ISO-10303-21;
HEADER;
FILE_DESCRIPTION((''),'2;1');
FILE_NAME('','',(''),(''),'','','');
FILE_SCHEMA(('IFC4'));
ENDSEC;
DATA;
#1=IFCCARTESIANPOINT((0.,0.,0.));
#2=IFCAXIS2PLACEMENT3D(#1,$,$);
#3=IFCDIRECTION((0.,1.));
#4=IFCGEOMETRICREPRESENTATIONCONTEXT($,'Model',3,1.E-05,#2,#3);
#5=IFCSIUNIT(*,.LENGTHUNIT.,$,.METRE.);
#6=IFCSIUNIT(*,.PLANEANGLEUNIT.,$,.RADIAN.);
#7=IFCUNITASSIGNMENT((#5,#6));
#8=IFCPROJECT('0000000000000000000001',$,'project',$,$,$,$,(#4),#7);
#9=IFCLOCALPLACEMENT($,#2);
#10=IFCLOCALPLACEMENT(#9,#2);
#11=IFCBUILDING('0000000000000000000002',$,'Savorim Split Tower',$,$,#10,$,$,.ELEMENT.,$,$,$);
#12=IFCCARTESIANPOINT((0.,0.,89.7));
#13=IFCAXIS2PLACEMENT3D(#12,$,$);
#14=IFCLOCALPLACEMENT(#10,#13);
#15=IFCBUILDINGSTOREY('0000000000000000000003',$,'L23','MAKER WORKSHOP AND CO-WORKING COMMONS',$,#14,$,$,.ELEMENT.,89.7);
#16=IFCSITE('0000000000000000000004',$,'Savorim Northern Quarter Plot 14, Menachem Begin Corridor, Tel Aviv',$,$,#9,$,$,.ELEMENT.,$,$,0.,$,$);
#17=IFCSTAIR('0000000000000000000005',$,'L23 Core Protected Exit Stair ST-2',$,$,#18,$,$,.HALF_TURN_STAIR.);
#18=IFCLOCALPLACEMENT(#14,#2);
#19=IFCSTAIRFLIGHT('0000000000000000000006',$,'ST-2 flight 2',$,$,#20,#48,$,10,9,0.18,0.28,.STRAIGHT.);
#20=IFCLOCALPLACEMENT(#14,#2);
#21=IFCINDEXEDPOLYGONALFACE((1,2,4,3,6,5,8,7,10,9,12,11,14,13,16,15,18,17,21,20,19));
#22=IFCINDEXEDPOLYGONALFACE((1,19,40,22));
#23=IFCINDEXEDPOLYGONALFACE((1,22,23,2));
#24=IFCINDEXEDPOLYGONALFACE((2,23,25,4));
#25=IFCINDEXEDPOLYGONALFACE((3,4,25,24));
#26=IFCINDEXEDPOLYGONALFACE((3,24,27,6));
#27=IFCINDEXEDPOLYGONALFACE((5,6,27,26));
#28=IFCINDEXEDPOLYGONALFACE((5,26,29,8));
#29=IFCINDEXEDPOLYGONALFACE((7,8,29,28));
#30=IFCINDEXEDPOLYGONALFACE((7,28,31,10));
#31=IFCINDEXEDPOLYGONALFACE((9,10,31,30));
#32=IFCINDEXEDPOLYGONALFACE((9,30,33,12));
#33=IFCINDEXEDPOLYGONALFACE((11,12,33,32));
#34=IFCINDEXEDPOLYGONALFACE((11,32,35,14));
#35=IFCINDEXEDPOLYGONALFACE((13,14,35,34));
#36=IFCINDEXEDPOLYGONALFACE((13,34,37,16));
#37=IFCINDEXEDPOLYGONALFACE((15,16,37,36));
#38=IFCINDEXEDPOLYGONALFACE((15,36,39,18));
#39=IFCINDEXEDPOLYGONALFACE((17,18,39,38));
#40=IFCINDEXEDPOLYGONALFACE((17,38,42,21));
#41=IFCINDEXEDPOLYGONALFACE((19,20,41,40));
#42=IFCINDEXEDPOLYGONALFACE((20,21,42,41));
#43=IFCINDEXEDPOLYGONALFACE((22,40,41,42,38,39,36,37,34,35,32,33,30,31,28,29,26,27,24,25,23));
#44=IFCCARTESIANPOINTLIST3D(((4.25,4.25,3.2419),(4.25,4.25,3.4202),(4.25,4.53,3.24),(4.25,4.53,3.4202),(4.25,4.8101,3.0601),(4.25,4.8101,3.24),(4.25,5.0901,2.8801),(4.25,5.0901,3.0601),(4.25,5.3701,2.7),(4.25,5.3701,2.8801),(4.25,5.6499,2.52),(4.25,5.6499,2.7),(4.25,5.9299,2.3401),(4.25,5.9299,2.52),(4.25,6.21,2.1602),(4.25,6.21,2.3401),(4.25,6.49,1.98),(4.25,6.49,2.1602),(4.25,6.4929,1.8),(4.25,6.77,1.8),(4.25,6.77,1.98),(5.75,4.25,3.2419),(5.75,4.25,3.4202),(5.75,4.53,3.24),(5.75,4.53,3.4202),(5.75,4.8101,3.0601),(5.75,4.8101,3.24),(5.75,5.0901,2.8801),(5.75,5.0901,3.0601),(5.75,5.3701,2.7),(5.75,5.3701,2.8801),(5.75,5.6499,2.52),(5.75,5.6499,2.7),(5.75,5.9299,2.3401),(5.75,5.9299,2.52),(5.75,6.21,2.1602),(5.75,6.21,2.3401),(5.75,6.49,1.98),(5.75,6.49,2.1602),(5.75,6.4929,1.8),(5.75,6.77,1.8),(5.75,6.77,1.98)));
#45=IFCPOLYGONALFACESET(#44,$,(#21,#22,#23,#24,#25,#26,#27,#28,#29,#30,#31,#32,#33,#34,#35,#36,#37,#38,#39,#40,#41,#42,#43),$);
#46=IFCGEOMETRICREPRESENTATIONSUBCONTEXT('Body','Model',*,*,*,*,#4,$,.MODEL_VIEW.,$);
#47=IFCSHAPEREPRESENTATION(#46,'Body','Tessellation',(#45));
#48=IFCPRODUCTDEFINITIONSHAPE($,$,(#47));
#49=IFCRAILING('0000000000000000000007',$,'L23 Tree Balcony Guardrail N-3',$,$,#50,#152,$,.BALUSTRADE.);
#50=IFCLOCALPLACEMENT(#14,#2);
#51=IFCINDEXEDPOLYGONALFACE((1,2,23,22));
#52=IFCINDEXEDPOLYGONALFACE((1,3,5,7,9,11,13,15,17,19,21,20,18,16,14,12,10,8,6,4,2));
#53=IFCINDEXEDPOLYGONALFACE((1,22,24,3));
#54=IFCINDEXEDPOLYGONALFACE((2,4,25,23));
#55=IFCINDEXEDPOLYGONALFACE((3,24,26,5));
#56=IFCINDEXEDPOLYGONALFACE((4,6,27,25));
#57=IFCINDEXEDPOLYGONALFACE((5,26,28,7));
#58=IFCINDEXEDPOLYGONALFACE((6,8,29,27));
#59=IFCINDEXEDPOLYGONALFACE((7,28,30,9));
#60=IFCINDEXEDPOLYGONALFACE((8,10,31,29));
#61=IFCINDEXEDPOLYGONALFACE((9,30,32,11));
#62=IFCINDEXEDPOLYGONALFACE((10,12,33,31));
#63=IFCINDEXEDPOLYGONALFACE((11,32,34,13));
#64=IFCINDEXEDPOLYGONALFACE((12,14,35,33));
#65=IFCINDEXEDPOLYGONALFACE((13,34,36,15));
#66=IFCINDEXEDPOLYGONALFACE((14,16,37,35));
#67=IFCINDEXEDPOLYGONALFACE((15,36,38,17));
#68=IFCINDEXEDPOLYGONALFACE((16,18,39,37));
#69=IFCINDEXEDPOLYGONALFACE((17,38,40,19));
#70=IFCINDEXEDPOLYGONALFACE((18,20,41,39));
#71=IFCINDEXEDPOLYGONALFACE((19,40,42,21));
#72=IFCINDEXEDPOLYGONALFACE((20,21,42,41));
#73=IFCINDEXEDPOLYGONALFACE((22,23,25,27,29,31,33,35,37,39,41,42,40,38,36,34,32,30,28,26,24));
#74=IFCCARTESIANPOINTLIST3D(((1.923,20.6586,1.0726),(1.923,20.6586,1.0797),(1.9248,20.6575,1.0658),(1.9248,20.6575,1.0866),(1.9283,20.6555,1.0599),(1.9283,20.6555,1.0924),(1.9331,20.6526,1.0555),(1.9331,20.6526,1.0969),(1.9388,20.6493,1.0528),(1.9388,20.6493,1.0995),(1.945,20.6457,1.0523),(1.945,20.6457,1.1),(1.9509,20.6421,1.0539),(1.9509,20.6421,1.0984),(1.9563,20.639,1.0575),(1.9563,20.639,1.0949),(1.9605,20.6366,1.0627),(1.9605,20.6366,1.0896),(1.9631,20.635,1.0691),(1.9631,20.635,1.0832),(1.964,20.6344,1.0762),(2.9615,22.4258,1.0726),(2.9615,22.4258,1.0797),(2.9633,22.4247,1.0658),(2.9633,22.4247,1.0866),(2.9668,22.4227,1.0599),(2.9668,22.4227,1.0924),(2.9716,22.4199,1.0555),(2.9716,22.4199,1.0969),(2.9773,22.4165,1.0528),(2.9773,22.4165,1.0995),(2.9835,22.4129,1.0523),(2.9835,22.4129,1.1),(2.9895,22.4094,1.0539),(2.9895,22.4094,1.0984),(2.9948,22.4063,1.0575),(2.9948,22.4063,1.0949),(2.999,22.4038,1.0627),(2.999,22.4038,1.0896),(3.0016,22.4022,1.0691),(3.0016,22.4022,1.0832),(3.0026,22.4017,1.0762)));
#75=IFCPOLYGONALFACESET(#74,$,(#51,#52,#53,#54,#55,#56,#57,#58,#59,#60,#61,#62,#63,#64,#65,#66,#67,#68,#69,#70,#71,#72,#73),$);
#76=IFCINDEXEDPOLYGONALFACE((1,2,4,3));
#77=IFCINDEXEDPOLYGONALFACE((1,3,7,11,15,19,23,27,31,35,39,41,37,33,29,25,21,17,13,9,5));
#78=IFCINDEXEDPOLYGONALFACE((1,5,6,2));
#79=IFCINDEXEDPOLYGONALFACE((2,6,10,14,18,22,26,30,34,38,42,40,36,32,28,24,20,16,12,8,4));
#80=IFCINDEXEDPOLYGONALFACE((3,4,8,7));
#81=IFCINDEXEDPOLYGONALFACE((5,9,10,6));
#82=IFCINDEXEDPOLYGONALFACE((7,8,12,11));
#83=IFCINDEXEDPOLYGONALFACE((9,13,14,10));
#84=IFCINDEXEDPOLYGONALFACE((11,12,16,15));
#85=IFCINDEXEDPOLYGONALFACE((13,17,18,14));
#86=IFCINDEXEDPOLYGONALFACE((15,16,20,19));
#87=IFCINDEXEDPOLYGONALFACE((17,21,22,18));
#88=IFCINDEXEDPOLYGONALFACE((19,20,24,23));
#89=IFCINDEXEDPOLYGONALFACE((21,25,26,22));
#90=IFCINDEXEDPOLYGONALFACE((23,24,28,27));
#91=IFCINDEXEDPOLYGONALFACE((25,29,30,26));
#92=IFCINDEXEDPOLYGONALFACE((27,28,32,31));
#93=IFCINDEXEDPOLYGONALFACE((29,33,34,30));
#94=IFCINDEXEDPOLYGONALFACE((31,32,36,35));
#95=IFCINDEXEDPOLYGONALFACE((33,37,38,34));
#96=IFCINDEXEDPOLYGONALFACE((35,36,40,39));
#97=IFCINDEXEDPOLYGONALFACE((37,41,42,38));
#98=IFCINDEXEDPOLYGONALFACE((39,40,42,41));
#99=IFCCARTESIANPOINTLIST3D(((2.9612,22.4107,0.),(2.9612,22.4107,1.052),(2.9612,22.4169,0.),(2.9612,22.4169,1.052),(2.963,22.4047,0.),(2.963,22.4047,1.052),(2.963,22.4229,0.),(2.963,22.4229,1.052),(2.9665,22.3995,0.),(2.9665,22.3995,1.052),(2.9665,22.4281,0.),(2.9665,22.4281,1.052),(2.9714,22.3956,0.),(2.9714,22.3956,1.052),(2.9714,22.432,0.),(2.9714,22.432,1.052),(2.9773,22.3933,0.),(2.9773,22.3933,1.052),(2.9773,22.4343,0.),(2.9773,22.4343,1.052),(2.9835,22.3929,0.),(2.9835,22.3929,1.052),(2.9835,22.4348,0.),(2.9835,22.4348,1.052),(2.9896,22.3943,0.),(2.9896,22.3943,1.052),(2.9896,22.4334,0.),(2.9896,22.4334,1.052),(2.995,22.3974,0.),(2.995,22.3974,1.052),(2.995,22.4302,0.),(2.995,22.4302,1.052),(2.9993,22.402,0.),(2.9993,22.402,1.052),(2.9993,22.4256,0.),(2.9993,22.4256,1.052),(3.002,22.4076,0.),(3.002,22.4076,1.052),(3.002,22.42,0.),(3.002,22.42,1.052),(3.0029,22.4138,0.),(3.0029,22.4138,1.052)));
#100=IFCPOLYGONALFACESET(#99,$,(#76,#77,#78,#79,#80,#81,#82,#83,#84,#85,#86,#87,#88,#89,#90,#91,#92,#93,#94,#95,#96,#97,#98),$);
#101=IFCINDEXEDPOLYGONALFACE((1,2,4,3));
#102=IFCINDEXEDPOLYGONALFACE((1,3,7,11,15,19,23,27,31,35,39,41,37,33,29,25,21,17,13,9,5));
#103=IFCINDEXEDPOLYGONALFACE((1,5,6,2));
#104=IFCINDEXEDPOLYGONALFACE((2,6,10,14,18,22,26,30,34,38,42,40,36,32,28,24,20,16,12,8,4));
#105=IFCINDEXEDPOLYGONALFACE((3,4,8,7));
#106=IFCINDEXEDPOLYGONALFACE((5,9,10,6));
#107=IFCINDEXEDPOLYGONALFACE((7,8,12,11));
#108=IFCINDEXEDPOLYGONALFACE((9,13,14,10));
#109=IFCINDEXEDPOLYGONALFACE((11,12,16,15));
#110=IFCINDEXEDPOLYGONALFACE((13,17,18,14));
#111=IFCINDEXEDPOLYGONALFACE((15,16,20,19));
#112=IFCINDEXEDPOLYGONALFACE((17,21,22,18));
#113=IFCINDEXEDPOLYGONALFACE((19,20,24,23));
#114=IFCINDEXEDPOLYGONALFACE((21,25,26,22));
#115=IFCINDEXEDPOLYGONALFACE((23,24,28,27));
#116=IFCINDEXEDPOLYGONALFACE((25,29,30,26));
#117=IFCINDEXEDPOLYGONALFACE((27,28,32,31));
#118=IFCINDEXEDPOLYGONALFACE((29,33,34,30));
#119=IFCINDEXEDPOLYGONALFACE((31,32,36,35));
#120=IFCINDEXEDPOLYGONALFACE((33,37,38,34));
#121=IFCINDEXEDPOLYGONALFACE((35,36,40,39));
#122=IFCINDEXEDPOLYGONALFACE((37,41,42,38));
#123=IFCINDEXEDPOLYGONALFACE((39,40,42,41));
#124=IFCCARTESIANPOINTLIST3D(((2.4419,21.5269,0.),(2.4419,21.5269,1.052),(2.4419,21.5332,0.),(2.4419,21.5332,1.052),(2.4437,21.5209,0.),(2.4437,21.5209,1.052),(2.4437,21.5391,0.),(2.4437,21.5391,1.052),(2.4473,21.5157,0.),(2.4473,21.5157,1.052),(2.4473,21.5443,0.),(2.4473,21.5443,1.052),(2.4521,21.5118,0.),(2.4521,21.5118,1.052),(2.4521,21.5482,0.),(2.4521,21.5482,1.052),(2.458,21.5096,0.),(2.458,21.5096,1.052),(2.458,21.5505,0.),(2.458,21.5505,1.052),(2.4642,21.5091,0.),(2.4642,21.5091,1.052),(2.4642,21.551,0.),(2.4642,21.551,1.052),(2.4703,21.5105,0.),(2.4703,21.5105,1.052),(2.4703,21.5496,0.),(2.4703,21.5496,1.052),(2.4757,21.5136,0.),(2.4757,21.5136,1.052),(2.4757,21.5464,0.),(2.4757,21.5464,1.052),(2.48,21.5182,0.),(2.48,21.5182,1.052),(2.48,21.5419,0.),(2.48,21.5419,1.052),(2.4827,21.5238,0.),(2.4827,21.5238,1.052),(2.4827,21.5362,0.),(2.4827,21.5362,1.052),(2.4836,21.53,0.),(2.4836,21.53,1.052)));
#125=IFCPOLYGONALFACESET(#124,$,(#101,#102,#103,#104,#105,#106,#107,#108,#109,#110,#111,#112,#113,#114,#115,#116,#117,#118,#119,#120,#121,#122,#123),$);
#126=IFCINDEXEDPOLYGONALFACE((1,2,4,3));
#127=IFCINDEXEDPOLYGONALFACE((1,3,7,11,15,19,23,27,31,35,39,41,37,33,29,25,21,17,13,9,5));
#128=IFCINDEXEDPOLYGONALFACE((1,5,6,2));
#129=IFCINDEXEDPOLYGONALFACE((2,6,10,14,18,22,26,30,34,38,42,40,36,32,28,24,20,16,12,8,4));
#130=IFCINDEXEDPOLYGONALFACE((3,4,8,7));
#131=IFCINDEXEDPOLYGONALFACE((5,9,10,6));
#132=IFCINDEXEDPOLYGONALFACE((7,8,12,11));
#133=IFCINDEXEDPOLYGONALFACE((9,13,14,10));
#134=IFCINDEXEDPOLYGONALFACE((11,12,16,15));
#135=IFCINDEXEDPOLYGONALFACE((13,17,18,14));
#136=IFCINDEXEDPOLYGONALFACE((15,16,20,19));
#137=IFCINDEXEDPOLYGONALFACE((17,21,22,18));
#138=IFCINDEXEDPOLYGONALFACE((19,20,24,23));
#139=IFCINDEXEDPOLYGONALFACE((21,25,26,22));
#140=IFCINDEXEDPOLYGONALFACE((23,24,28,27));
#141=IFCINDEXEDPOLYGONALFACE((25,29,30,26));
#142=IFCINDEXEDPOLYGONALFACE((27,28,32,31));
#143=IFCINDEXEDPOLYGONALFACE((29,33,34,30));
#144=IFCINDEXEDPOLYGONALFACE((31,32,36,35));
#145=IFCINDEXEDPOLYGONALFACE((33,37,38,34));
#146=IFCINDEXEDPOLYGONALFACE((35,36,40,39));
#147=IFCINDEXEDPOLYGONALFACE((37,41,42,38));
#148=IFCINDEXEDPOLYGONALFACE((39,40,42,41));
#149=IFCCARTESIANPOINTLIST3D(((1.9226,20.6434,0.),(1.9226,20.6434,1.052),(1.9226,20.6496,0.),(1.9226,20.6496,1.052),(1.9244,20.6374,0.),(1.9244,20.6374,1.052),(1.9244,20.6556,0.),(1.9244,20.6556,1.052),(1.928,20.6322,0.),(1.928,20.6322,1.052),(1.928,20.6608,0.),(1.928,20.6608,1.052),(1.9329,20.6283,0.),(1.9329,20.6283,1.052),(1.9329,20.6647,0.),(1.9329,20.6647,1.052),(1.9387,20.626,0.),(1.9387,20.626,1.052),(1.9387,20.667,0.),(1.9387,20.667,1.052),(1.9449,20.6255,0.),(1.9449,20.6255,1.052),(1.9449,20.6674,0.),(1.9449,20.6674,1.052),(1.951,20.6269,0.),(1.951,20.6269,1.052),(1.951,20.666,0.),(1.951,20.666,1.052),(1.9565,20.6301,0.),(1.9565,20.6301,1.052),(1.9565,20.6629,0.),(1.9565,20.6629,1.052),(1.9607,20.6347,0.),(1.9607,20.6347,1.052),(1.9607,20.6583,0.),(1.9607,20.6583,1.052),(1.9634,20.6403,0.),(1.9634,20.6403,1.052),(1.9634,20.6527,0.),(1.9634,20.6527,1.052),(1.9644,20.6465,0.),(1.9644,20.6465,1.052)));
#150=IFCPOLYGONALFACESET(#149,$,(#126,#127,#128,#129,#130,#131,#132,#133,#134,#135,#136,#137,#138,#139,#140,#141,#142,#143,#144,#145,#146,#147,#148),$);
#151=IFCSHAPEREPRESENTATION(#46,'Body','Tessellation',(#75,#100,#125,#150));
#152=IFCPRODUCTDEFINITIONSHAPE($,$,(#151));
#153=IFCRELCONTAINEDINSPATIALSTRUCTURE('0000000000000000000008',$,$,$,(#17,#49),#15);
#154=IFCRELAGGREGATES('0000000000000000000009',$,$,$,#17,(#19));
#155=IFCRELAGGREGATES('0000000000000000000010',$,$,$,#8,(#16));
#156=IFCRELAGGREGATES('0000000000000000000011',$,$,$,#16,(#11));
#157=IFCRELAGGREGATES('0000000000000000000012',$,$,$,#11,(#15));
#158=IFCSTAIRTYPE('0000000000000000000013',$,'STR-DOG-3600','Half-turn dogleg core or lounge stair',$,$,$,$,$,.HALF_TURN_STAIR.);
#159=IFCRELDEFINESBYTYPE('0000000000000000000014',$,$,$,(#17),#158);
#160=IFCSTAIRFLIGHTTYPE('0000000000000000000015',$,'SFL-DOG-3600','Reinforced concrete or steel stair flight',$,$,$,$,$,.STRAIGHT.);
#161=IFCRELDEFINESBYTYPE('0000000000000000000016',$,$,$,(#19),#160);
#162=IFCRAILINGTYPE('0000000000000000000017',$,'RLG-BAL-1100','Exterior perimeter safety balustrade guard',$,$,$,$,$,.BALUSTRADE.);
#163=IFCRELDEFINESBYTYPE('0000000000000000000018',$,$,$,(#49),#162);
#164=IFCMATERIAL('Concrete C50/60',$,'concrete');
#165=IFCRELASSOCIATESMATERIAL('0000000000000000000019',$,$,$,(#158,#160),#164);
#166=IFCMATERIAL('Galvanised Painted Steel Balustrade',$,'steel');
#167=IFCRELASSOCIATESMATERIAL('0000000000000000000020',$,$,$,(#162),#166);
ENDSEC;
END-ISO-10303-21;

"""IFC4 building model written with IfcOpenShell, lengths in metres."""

from ifc_helpers import new_model, si_unit, direction, frame, origin, origin_2d, place, context, subcontext, project, spatial, polyline, circle, outline, extrude, material, type_object, element, aggregate, save


model = new_model("IFC4")

# Units and contexts
model_context = context("Model", 3, precision=1e-05, world=origin(), true_north=direction((0.0, 1.0)))
body_context = subcontext(model_context, "Body", "Model", "MODEL_VIEW")
ifc_project = project(units=[si_unit("LENGTHUNIT", "METRE"), si_unit("PLANEANGLEUNIT", "RADIAN")], contexts=[model_context])

# Site, building, storey
site_placement = place(None, origin())
site = spatial("IfcSite", under=ifc_project, at=site_placement, Name="Savorim Northern Quarter Plot 14, Menachem Begin Corridor, Tel Aviv", CompositionType="ELEMENT", RefElevation=0.0)
building_placement = place(site_placement, origin())
building = spatial("IfcBuilding", under=site, at=building_placement, Name="Savorim Split Tower", CompositionType="ELEMENT")
storey_placement = place(building_placement, frame((0.0, 0.0, 89.7)))
storey = spatial("IfcBuildingStorey", under=building, at=storey_placement, Name="L23", Description="MAKER WORKSHOP AND CO-WORKING COMMONS", CompositionType="ELEMENT", Elevation=89.7)

# Stair, stair flight
ifc_material_1 = material(Name="Concrete C50/60", Category="concrete")
stair_type = type_object("IfcStairType", Name="STR-DOG-3600", Description="Half-turn dogleg core or lounge stair", PredefinedType="HALF_TURN_STAIR", material=ifc_material_1)
stair_placement = place(storey_placement, origin())
stair = element("IfcStair", 1, at=stair_placement, inside=storey, type_object=stair_type, Name="L23 Core Protected Exit Stair ST-2", PredefinedType="HALF_TURN_STAIR")
stair_flight_type = type_object("IfcStairFlightType", Name="SFL-DOG-3600", Description="Reinforced concrete or steel stair flight", PredefinedType="STRAIGHT", material=ifc_material_1)
stair_flight_placement = place(storey_placement, frame((5.0, 6.77, 1.8), z_axis=(0.0, 0.0, 1.0), x_axis=(0.0, -1.0, 0.0)))
stair_flight = element("IfcStairFlight", 2, at=stair_flight_placement, type_object=stair_flight_type, Name="ST-2 flight 2", NumberOfRisers=10, NumberOfTreads=9, PredefinedType="STRAIGHT", RiserHeight=0.18, TreadLength=0.28, context=body_context, shape_type="SweptSolid", body=[
    extrude(outline(polyline([(0.0, 0.0), (0.0, 0.1799), (0.28, 0.1799), (0.28, 0.3601), (0.5601, 0.3601), (0.5601, 0.54), (0.8401, 0.54), (0.8401, 0.72), (1.1201, 0.72), (1.1201, 0.8999), (1.3999, 0.8999), (1.3999, 1.0801), (1.6799, 1.0801), (1.6799, 1.26), (1.96, 1.26), (1.96, 1.4399), (2.24, 1.4399), (2.24, 1.6201), (2.52, 1.6201), (2.52, 1.8), (2.52, 1.4419), (0.2771, 0.0), (0.0, 0.0)])), frame((0.0, 0.75, 0.0), z_axis=(0.0, -1.0, 0.0), x_axis=(1.0, 0.0, 0.0)), (0.0, 0.0, 1.0), 1.5),
])
aggregate(stair, [stair_flight])

# Railing
ifc_material_2 = material(Name="Galvanised Painted Steel Balustrade", Category="steel")
railing_type_1 = type_object("IfcRailingType", Name="RLG-BAL-1100", Description="Exterior perimeter safety balustrade guard", PredefinedType="BALUSTRADE", material=ifc_material_2)
railing_1_placement = place(storey_placement, frame((2.9819, 22.4138, 0.0)))
element("IfcRailing", 3, at=railing_1_placement, inside=storey, type_object=railing_type_1, Name="L23 Tree Balcony Guardrail N-3", PredefinedType="BALUSTRADE", context=body_context, shape_type="SweptSolid", body=[
    extrude(circle(Radius=0.0239, at=origin_2d()), frame((0.0, 0.0, 1.0762), z_axis=(-0.506645, -0.862155, 0.0), x_axis=(0.862155, -0.506645, 0.0)), (0.0, 0.0, 1.0), 2.0498),
    extrude(circle(Radius=0.021, at=origin_2d()), origin(), (0.0, 0.0, 1.0), 1.052),
    extrude(circle(Radius=0.021, at=origin_2d()), frame((-0.5193, -0.8838, 0.0)), (0.0, 0.0, 1.0), 1.052),
    extrude(circle(Radius=0.021, at=origin_2d()), frame((-1.0386, -1.7673, 0.0)), (0.0, 0.0, 1.0), 1.052),
])

save(model, "model.ifc")
